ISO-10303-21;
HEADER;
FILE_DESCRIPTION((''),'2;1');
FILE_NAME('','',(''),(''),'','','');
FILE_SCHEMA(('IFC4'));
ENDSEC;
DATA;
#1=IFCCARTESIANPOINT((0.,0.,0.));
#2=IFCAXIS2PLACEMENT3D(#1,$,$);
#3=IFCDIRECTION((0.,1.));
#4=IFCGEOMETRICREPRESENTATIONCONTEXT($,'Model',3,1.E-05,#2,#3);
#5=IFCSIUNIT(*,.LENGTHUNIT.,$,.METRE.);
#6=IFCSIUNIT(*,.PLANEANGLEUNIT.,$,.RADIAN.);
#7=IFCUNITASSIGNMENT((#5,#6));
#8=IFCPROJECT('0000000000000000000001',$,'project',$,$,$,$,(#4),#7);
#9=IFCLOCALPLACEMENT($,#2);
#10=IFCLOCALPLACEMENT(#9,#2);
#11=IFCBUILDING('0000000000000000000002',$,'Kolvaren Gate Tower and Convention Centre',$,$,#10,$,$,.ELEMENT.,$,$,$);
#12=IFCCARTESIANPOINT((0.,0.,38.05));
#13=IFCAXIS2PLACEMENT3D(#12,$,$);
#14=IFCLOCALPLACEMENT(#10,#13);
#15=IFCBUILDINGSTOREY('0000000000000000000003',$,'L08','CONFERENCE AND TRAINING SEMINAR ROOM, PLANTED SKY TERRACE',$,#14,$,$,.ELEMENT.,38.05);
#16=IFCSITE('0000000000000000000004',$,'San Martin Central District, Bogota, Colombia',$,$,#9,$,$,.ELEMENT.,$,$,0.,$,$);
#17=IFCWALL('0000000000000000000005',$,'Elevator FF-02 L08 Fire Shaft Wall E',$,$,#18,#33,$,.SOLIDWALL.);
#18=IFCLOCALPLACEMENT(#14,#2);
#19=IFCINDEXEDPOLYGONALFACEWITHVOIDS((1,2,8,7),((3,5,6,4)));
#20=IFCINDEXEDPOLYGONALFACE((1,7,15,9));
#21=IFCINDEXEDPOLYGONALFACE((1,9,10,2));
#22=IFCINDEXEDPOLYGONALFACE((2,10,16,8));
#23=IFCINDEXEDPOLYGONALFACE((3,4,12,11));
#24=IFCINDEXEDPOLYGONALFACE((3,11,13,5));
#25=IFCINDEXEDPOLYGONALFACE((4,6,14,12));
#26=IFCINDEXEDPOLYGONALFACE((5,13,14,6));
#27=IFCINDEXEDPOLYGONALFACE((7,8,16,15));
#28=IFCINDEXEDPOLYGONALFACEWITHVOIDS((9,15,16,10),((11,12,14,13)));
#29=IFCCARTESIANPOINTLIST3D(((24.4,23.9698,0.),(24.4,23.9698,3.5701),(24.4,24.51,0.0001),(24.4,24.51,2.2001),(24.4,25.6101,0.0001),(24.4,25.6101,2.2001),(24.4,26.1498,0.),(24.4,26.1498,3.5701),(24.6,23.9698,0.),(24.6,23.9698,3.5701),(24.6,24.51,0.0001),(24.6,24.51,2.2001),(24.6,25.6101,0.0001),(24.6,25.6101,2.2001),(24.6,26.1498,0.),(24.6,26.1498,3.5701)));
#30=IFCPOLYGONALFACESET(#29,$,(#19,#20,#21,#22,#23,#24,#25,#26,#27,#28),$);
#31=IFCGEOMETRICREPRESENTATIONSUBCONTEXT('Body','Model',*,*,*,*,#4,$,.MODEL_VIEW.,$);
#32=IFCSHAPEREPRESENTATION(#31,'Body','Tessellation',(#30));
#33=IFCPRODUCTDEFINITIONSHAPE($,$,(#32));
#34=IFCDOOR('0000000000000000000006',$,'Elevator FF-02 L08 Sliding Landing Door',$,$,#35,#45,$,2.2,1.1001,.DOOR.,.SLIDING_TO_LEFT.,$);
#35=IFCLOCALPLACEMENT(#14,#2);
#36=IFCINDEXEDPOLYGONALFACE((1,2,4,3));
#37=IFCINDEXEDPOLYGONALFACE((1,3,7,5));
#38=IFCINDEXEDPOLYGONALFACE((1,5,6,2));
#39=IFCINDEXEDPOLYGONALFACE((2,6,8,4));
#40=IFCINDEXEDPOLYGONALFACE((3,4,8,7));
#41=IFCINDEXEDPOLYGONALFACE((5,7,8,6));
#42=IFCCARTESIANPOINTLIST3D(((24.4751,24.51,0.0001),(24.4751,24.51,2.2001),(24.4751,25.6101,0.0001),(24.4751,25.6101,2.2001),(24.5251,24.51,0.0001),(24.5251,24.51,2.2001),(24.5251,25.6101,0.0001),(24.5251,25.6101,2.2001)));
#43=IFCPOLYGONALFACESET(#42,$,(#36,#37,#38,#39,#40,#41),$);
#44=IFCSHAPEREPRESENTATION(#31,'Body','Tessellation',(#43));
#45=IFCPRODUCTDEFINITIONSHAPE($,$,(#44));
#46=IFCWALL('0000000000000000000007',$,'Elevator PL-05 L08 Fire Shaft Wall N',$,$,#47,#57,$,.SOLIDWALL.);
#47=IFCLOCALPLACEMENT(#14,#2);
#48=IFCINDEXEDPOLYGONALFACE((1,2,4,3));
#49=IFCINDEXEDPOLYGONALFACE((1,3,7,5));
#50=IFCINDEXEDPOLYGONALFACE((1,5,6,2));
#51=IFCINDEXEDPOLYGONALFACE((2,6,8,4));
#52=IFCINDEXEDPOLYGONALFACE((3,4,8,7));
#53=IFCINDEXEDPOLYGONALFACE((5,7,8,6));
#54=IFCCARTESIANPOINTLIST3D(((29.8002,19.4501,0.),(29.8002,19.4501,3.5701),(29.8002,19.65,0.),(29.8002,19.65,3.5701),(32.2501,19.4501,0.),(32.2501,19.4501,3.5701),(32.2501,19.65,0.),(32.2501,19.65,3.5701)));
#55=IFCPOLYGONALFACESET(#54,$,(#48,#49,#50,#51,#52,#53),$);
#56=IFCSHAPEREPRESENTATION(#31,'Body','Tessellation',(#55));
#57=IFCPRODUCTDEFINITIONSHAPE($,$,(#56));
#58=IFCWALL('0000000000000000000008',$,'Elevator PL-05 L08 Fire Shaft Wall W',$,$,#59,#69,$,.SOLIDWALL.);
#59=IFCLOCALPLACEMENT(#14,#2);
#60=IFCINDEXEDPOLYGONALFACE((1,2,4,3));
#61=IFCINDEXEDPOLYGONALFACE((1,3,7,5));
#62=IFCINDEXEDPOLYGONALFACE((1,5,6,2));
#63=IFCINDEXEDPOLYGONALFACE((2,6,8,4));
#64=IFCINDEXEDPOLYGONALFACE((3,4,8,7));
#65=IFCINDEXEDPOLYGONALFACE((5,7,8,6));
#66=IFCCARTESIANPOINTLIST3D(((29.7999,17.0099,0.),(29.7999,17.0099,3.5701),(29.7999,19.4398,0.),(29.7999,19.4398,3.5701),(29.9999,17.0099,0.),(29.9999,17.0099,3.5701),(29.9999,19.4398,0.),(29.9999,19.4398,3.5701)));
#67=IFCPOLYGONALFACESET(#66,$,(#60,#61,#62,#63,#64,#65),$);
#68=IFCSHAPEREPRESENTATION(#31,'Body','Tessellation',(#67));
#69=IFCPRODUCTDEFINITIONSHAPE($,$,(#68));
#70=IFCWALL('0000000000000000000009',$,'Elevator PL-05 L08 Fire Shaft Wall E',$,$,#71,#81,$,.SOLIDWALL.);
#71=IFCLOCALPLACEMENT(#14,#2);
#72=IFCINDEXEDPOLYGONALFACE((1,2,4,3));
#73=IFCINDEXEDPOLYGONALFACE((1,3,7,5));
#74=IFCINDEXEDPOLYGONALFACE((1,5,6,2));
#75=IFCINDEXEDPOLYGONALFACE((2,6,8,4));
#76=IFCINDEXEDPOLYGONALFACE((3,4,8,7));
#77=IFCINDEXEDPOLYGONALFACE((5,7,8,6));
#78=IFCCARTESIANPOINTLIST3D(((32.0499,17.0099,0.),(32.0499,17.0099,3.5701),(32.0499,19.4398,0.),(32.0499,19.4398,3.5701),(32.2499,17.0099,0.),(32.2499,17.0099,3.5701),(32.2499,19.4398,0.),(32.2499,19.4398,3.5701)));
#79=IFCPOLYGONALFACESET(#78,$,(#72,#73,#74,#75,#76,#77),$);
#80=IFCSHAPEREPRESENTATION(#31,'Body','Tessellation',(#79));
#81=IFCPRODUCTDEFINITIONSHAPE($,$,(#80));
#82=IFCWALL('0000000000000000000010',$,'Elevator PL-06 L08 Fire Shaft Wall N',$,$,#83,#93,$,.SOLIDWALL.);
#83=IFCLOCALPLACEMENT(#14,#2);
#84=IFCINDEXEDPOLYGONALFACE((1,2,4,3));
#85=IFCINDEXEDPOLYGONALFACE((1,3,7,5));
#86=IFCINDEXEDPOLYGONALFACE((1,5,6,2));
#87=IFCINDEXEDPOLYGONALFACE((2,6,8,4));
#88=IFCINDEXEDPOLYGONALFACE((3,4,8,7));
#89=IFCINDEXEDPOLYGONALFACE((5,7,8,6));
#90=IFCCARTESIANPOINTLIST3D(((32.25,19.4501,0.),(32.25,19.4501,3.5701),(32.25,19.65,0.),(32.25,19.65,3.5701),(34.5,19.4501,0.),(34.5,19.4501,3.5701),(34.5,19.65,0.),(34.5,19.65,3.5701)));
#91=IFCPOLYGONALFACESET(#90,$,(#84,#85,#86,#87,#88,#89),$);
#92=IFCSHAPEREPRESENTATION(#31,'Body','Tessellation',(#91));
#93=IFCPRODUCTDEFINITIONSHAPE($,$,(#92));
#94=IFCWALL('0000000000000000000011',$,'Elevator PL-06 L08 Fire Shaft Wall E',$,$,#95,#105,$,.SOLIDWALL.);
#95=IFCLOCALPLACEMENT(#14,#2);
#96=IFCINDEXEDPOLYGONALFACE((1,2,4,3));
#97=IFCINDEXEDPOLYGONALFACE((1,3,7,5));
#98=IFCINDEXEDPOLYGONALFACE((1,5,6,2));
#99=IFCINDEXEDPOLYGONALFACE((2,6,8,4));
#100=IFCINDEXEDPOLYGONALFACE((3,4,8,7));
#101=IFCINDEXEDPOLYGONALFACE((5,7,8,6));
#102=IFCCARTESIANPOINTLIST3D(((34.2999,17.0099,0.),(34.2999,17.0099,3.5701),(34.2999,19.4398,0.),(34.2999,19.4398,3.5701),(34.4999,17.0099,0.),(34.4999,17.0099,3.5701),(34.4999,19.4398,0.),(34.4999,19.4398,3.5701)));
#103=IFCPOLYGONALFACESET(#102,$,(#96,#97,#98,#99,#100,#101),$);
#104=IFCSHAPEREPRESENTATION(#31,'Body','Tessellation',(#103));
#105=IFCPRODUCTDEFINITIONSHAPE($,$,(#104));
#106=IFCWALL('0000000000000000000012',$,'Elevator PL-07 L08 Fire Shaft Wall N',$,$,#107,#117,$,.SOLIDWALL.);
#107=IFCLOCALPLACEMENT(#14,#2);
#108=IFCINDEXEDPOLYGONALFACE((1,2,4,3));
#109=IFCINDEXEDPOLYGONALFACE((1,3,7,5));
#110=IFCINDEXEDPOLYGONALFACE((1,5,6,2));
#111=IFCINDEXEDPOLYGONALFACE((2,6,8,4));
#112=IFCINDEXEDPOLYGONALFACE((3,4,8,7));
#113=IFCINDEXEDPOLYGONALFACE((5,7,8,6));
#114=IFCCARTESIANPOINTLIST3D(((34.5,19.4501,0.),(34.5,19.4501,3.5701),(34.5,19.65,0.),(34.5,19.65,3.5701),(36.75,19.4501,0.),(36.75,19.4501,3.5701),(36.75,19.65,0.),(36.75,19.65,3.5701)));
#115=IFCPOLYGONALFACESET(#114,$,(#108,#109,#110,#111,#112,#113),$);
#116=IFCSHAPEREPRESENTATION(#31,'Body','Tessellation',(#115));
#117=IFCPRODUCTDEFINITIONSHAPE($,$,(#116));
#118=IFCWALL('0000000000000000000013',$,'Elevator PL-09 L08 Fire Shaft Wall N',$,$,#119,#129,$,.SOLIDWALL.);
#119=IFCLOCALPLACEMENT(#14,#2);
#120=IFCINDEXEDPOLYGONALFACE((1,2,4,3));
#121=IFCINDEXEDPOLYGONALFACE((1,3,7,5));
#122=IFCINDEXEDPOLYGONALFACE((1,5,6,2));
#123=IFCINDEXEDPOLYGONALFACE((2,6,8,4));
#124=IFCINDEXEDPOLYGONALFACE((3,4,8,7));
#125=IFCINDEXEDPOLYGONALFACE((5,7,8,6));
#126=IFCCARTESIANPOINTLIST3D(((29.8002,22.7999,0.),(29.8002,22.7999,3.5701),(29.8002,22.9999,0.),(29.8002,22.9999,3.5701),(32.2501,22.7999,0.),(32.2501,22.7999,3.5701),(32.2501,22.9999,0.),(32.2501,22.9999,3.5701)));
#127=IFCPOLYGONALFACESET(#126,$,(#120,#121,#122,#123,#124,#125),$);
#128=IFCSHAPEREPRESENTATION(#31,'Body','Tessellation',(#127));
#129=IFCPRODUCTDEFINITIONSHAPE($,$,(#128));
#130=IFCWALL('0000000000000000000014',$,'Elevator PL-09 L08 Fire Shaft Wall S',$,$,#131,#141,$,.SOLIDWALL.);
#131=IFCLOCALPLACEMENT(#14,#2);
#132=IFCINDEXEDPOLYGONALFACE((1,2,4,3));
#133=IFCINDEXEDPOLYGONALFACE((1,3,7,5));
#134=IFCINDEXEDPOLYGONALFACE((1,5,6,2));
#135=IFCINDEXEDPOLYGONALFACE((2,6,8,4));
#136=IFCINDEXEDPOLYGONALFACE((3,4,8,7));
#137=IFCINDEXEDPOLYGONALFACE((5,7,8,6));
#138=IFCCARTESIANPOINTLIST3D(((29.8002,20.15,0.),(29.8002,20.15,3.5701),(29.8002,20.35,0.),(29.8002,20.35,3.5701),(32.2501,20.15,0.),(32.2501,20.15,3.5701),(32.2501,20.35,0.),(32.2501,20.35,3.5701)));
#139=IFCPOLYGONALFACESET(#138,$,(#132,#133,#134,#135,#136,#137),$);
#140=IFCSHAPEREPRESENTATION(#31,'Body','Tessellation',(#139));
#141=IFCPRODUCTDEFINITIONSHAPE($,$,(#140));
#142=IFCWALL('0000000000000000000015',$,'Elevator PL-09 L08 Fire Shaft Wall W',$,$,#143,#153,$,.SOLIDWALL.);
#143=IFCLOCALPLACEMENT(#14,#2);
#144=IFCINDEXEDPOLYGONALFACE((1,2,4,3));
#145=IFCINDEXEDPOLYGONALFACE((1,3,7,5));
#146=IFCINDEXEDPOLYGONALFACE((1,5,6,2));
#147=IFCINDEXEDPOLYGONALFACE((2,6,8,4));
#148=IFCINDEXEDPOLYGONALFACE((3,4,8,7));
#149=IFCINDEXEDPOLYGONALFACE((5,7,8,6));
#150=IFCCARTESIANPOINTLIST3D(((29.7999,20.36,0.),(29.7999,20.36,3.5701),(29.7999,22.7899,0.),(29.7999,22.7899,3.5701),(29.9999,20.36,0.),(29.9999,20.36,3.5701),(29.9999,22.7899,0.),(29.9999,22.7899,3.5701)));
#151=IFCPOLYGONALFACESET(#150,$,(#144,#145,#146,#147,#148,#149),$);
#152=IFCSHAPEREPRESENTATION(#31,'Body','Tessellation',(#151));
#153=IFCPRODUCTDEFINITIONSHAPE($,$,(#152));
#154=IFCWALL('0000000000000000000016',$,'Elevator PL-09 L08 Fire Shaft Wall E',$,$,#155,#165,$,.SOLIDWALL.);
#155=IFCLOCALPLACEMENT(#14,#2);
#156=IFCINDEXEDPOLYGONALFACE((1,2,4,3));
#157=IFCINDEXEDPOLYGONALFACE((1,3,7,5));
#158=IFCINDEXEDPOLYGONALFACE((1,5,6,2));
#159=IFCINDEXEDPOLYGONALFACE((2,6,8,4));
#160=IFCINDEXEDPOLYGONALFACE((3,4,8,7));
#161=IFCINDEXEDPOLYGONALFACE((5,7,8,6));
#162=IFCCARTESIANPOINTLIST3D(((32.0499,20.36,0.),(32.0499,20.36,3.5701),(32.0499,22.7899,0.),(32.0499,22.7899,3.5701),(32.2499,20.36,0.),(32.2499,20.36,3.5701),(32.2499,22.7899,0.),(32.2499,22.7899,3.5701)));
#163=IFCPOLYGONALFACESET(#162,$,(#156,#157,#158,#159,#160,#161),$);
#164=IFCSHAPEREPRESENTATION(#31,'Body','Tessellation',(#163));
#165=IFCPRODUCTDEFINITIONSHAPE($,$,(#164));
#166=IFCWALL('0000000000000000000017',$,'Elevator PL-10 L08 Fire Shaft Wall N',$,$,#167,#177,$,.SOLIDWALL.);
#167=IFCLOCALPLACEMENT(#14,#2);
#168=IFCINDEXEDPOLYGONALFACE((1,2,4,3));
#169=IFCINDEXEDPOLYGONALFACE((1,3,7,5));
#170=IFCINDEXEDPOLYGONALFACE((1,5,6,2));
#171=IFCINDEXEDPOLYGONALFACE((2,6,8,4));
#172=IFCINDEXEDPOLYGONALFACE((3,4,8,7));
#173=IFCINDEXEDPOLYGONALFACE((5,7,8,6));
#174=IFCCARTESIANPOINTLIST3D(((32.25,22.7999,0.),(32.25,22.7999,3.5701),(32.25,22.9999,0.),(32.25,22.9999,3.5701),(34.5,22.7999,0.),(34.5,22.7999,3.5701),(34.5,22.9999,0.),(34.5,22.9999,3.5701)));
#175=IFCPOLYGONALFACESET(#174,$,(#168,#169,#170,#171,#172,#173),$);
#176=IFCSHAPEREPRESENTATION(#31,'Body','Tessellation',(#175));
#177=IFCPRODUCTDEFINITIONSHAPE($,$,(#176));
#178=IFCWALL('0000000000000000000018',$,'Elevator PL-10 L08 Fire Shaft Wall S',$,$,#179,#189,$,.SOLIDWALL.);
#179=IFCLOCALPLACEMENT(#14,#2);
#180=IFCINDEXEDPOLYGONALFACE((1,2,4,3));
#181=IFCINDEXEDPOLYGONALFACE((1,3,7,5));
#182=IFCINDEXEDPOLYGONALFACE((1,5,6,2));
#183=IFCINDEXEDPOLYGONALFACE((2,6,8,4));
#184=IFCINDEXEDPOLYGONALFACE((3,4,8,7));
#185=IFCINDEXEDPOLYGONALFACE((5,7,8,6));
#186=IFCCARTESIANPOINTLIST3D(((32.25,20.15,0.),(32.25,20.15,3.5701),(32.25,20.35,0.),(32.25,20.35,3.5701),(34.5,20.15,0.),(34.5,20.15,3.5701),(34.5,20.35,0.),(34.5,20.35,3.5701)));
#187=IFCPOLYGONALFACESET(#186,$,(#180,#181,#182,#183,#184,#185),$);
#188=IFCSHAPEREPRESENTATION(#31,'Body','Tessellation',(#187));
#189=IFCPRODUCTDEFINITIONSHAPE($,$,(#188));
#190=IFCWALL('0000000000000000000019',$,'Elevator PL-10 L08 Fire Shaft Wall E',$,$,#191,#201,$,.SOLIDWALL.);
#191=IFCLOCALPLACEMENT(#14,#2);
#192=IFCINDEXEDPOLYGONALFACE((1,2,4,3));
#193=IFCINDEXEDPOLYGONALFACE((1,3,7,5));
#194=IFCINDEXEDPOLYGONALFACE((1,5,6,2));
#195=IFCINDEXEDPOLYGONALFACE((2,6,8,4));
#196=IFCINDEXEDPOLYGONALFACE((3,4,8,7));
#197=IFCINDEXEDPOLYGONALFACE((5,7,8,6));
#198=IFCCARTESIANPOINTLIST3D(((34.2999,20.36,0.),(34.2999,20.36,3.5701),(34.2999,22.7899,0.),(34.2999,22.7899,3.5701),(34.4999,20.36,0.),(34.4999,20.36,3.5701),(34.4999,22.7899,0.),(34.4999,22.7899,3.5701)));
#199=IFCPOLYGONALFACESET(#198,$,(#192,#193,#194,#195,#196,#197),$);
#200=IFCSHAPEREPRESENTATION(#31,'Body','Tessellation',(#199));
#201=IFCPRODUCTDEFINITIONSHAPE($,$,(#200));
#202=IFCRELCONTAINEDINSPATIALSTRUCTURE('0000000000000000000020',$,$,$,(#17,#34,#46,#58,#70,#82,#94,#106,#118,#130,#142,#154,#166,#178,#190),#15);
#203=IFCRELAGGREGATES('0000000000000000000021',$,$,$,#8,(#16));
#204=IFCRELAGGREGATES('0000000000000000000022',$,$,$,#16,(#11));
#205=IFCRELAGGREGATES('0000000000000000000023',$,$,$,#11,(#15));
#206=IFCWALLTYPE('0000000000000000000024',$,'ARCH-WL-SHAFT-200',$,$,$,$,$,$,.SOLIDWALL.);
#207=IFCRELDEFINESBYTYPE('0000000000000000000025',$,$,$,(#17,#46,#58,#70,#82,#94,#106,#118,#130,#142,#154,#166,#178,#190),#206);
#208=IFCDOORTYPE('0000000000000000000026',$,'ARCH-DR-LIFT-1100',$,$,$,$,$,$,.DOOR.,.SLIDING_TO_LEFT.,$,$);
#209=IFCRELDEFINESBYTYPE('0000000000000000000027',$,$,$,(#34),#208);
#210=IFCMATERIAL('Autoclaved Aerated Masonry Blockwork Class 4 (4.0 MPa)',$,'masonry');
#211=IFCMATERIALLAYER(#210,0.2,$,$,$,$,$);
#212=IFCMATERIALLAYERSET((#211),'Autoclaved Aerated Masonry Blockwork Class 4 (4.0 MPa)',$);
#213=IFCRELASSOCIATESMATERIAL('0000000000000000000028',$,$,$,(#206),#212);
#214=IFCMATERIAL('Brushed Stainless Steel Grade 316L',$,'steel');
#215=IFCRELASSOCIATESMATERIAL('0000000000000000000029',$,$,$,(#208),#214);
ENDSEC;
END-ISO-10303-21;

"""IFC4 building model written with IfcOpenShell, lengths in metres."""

from ifc_helpers import new_model, si_unit, direction, frame, frame_2d, origin, place, context, subcontext, project, spatial, rectangle, extrude, material, layer, layer_set, type_object, element, fill, save


model = new_model("IFC4")

# Units and contexts
model_context = context("Model", 3, precision=1e-05, world=origin(), true_north=direction((0.0, 1.0)))
body_context = subcontext(model_context, "Body", "Model", "MODEL_VIEW")
ifc_project = project(units=[si_unit("LENGTHUNIT", "METRE"), si_unit("PLANEANGLEUNIT", "RADIAN")], contexts=[model_context])

# Site, building, storey
site_placement = place(None, origin())
site = spatial("IfcSite", under=ifc_project, at=site_placement, Name="San Martin Central District, Bogota, Colombia", CompositionType="ELEMENT", RefElevation=0.0)
building_placement = place(site_placement, origin())
building = spatial("IfcBuilding", under=site, at=building_placement, Name="Kolvaren Gate Tower and Convention Centre", CompositionType="ELEMENT")
storey_placement = place(building_placement, frame((0.0, 0.0, 38.05)))
storey = spatial("IfcBuildingStorey", under=building, at=storey_placement, Name="L08", Description="CONFERENCE AND TRAINING SEMINAR ROOM, PLANTED SKY TERRACE", CompositionType="ELEMENT", Elevation=38.05)

# Shared definitions
ifc_material_1 = material(Name="Autoclaved Aerated Masonry Blockwork Class 4 (4.0 MPa)", Category="masonry")

# Wall, opening, door
ifc_layer_1 = layer(ifc_material_1, 0.2)
ifc_layer_set_1 = layer_set([ifc_layer_1], Name="Autoclaved Aerated Masonry Blockwork Class 4 (4.0 MPa)")
wall_type_1 = type_object("IfcWallType", Name="ARCH-WL-SHAFT-200", PredefinedType="SOLIDWALL", material=ifc_layer_set_1)
wall_1_placement = place(storey_placement, frame((24.5, 23.97, 0.0), z_axis=(0.0, 0.0, 1.0), x_axis=(0.0, 1.0, 0.0)))
wall_1 = element("IfcWall", 1, at=wall_1_placement, inside=storey, type_object=wall_type_1, Name="Elevator FF-02 L08 Fire Shaft Wall E", PredefinedType="SOLIDWALL", context=body_context, shape_type="SweptSolid", body=[
    extrude(rectangle(XDim=2.1799, YDim=0.2, at=frame_2d((1.0898, 0.0))), origin(), (0.0, 0.0, 1.0), 3.5701),
])
opening_1_placement = place(wall_1_placement, frame((0.54, 0.0, 0.0)))
opening_1 = element("IfcOpeningElement", 2, at=opening_1_placement, cuts=wall_1, PredefinedType="OPENING", context=body_context, shape_type="SweptSolid", body=[
    extrude(rectangle(XDim=1.1001, YDim=2.2, at=frame_2d((0.55, 1.1001))), frame((0.0, 0.1099, 0.0), z_axis=(0.0, -1.0, 0.0), x_axis=(1.0, 0.0, 0.0)), (0.0, 0.0, 1.0), 0.22),
])
ifc_material_2 = material(Name="Brushed Stainless Steel Grade 316L", Category="steel")
door_type_1 = type_object("IfcDoorType", Name="ARCH-DR-LIFT-1100", OperationType="SLIDING_TO_LEFT", PredefinedType="DOOR", material=ifc_material_2)
door_1_placement = place(opening_1_placement, origin())
door_1 = element("IfcDoor", 3, at=door_1_placement, inside=storey, type_object=door_type_1, Name="Elevator FF-02 L08 Sliding Landing Door", OperationType="SLIDING_TO_LEFT", OverallHeight=2.2, OverallWidth=1.1001, PredefinedType="DOOR", context=body_context, shape_type="SweptSolid", body=[
    extrude(rectangle(XDim=1.1001, YDim=2.2, at=frame_2d((0.55, 1.1001))), frame((0.0, 0.0249, 0.0), z_axis=(0.0, -1.0, 0.0), x_axis=(1.0, 0.0, 0.0)), (0.0, 0.0, 1.0), 0.05),
])
fill(opening_1, door_1)

# Walls
wall_2_placement = place(storey_placement, frame((29.8, 19.55, 0.0), z_axis=(0.0, 0.0, 1.0), x_axis=(1.0, 0.0, 0.0)))
element("IfcWall", 4, at=wall_2_placement, inside=storey, type_object=wall_type_1, Name="Elevator PL-05 L08 Fire Shaft Wall N", PredefinedType="SOLIDWALL", context=body_context, shape_type="SweptSolid", body=[
    extrude(rectangle(XDim=2.45, YDim=0.2, at=frame_2d((1.2251, 0.0))), origin(), (0.0, 0.0, 1.0), 3.5701),
])
for number, where, z_axis, x_axis, name in (
    (5, (29.8999, 17.01, 0.0), (0.0, 0.0, 1.0), (0.0, 1.0, 0.0), "Elevator PL-05 L08 Fire Shaft Wall W"),
    (6, (32.1499, 17.01, 0.0), (0.0, 0.0, 1.0), (0.0, 1.0, 0.0), "Elevator PL-05 L08 Fire Shaft Wall E"),
):
    element("IfcWall", number, at=place(storey_placement, frame(where, z_axis=z_axis, x_axis=x_axis)), inside=storey, type_object=wall_type_1, Name=name, PredefinedType="SOLIDWALL", context=body_context, shape_type="SweptSolid", body=[
        extrude(rectangle(XDim=2.4299, YDim=0.2, at=frame_2d((1.2148, 0.0))), origin(), (0.0, 0.0, 1.0), 3.5701),
    ])
wall_3_placement = place(storey_placement, frame((32.25, 19.55, 0.0), z_axis=(0.0, 0.0, 1.0), x_axis=(1.0, 0.0, 0.0)))
element("IfcWall", 7, at=wall_3_placement, inside=storey, type_object=wall_type_1, Name="Elevator PL-06 L08 Fire Shaft Wall N", PredefinedType="SOLIDWALL", context=body_context, shape_type="SweptSolid", body=[
    extrude(rectangle(XDim=2.25, YDim=0.2, at=frame_2d((1.125, 0.0))), origin(), (0.0, 0.0, 1.0), 3.5701),
])
wall_4_placement = place(storey_placement, frame((34.3999, 17.01, 0.0), z_axis=(0.0, 0.0, 1.0), x_axis=(0.0, 1.0, 0.0)))
element("IfcWall", 8, at=wall_4_placement, inside=storey, type_object=wall_type_1, Name="Elevator PL-06 L08 Fire Shaft Wall E", PredefinedType="SOLIDWALL", context=body_context, shape_type="SweptSolid", body=[
    extrude(rectangle(XDim=2.4299, YDim=0.2, at=frame_2d((1.2148, 0.0))), origin(), (0.0, 0.0, 1.0), 3.5701),
])
wall_5_placement = place(storey_placement, frame((34.5, 19.55, 0.0), z_axis=(0.0, 0.0, 1.0), x_axis=(1.0, 0.0, 0.0)))
element("IfcWall", 9, at=wall_5_placement, inside=storey, type_object=wall_type_1, Name="Elevator PL-07 L08 Fire Shaft Wall N", PredefinedType="SOLIDWALL", context=body_context, shape_type="SweptSolid", body=[
    extrude(rectangle(XDim=2.25, YDim=0.2, at=frame_2d((1.125, 0.0))), origin(), (0.0, 0.0, 1.0), 3.5701),
])
for number, where, z_axis, x_axis, name in (
    (10, (29.8, 22.8999, 0.0), (0.0, 0.0, 1.0), (1.0, 0.0, 0.0), "Elevator PL-09 L08 Fire Shaft Wall N"),
    (11, (29.8, 20.25, 0.0), (0.0, 0.0, 1.0), (1.0, 0.0, 0.0), "Elevator PL-09 L08 Fire Shaft Wall S"),
):
    element("IfcWall", number, at=place(storey_placement, frame(where, z_axis=z_axis, x_axis=x_axis)), inside=storey, type_object=wall_type_1, Name=name, PredefinedType="SOLIDWALL", context=body_context, shape_type="SweptSolid", body=[
        extrude(rectangle(XDim=2.45, YDim=0.2, at=frame_2d((1.2251, 0.0))), origin(), (0.0, 0.0, 1.0), 3.5701),
    ])
for number, where, z_axis, x_axis, name in (
    (12, (29.8999, 20.3601, 0.0), (0.0, 0.0, 1.0), (0.0, 1.0, 0.0), "Elevator PL-09 L08 Fire Shaft Wall W"),
    (13, (32.1499, 20.3601, 0.0), (0.0, 0.0, 1.0), (0.0, 1.0, 0.0), "Elevator PL-09 L08 Fire Shaft Wall E"),
):
    element("IfcWall", number, at=place(storey_placement, frame(where, z_axis=z_axis, x_axis=x_axis)), inside=storey, type_object=wall_type_1, Name=name, PredefinedType="SOLIDWALL", context=body_context, shape_type="SweptSolid", body=[
        extrude(rectangle(XDim=2.4299, YDim=0.2, at=frame_2d((1.2148, 0.0))), origin(), (0.0, 0.0, 1.0), 3.5701),
    ])
for number, where, z_axis, x_axis, name in (
    (14, (32.25, 22.8999, 0.0), (0.0, 0.0, 1.0), (1.0, 0.0, 0.0), "Elevator PL-10 L08 Fire Shaft Wall N"),
    (15, (32.25, 20.25, 0.0), (0.0, 0.0, 1.0), (1.0, 0.0, 0.0), "Elevator PL-10 L08 Fire Shaft Wall S"),
):
    element("IfcWall", number, at=place(storey_placement, frame(where, z_axis=z_axis, x_axis=x_axis)), inside=storey, type_object=wall_type_1, Name=name, PredefinedType="SOLIDWALL", context=body_context, shape_type="SweptSolid", body=[
        extrude(rectangle(XDim=2.25, YDim=0.2, at=frame_2d((1.125, 0.0))), origin(), (0.0, 0.0, 1.0), 3.5701),
    ])
wall_6_placement = place(storey_placement, frame((34.3999, 20.3601, 0.0), z_axis=(0.0, 0.0, 1.0), x_axis=(0.0, 1.0, 0.0)))
element("IfcWall", 16, at=wall_6_placement, inside=storey, type_object=wall_type_1, Name="Elevator PL-10 L08 Fire Shaft Wall E", PredefinedType="SOLIDWALL", context=body_context, shape_type="SweptSolid", body=[
    extrude(rectangle(XDim=2.4299, YDim=0.2, at=frame_2d((1.2148, 0.0))), origin(), (0.0, 0.0, 1.0), 3.5701),
])

save(model, "model.ifc")
